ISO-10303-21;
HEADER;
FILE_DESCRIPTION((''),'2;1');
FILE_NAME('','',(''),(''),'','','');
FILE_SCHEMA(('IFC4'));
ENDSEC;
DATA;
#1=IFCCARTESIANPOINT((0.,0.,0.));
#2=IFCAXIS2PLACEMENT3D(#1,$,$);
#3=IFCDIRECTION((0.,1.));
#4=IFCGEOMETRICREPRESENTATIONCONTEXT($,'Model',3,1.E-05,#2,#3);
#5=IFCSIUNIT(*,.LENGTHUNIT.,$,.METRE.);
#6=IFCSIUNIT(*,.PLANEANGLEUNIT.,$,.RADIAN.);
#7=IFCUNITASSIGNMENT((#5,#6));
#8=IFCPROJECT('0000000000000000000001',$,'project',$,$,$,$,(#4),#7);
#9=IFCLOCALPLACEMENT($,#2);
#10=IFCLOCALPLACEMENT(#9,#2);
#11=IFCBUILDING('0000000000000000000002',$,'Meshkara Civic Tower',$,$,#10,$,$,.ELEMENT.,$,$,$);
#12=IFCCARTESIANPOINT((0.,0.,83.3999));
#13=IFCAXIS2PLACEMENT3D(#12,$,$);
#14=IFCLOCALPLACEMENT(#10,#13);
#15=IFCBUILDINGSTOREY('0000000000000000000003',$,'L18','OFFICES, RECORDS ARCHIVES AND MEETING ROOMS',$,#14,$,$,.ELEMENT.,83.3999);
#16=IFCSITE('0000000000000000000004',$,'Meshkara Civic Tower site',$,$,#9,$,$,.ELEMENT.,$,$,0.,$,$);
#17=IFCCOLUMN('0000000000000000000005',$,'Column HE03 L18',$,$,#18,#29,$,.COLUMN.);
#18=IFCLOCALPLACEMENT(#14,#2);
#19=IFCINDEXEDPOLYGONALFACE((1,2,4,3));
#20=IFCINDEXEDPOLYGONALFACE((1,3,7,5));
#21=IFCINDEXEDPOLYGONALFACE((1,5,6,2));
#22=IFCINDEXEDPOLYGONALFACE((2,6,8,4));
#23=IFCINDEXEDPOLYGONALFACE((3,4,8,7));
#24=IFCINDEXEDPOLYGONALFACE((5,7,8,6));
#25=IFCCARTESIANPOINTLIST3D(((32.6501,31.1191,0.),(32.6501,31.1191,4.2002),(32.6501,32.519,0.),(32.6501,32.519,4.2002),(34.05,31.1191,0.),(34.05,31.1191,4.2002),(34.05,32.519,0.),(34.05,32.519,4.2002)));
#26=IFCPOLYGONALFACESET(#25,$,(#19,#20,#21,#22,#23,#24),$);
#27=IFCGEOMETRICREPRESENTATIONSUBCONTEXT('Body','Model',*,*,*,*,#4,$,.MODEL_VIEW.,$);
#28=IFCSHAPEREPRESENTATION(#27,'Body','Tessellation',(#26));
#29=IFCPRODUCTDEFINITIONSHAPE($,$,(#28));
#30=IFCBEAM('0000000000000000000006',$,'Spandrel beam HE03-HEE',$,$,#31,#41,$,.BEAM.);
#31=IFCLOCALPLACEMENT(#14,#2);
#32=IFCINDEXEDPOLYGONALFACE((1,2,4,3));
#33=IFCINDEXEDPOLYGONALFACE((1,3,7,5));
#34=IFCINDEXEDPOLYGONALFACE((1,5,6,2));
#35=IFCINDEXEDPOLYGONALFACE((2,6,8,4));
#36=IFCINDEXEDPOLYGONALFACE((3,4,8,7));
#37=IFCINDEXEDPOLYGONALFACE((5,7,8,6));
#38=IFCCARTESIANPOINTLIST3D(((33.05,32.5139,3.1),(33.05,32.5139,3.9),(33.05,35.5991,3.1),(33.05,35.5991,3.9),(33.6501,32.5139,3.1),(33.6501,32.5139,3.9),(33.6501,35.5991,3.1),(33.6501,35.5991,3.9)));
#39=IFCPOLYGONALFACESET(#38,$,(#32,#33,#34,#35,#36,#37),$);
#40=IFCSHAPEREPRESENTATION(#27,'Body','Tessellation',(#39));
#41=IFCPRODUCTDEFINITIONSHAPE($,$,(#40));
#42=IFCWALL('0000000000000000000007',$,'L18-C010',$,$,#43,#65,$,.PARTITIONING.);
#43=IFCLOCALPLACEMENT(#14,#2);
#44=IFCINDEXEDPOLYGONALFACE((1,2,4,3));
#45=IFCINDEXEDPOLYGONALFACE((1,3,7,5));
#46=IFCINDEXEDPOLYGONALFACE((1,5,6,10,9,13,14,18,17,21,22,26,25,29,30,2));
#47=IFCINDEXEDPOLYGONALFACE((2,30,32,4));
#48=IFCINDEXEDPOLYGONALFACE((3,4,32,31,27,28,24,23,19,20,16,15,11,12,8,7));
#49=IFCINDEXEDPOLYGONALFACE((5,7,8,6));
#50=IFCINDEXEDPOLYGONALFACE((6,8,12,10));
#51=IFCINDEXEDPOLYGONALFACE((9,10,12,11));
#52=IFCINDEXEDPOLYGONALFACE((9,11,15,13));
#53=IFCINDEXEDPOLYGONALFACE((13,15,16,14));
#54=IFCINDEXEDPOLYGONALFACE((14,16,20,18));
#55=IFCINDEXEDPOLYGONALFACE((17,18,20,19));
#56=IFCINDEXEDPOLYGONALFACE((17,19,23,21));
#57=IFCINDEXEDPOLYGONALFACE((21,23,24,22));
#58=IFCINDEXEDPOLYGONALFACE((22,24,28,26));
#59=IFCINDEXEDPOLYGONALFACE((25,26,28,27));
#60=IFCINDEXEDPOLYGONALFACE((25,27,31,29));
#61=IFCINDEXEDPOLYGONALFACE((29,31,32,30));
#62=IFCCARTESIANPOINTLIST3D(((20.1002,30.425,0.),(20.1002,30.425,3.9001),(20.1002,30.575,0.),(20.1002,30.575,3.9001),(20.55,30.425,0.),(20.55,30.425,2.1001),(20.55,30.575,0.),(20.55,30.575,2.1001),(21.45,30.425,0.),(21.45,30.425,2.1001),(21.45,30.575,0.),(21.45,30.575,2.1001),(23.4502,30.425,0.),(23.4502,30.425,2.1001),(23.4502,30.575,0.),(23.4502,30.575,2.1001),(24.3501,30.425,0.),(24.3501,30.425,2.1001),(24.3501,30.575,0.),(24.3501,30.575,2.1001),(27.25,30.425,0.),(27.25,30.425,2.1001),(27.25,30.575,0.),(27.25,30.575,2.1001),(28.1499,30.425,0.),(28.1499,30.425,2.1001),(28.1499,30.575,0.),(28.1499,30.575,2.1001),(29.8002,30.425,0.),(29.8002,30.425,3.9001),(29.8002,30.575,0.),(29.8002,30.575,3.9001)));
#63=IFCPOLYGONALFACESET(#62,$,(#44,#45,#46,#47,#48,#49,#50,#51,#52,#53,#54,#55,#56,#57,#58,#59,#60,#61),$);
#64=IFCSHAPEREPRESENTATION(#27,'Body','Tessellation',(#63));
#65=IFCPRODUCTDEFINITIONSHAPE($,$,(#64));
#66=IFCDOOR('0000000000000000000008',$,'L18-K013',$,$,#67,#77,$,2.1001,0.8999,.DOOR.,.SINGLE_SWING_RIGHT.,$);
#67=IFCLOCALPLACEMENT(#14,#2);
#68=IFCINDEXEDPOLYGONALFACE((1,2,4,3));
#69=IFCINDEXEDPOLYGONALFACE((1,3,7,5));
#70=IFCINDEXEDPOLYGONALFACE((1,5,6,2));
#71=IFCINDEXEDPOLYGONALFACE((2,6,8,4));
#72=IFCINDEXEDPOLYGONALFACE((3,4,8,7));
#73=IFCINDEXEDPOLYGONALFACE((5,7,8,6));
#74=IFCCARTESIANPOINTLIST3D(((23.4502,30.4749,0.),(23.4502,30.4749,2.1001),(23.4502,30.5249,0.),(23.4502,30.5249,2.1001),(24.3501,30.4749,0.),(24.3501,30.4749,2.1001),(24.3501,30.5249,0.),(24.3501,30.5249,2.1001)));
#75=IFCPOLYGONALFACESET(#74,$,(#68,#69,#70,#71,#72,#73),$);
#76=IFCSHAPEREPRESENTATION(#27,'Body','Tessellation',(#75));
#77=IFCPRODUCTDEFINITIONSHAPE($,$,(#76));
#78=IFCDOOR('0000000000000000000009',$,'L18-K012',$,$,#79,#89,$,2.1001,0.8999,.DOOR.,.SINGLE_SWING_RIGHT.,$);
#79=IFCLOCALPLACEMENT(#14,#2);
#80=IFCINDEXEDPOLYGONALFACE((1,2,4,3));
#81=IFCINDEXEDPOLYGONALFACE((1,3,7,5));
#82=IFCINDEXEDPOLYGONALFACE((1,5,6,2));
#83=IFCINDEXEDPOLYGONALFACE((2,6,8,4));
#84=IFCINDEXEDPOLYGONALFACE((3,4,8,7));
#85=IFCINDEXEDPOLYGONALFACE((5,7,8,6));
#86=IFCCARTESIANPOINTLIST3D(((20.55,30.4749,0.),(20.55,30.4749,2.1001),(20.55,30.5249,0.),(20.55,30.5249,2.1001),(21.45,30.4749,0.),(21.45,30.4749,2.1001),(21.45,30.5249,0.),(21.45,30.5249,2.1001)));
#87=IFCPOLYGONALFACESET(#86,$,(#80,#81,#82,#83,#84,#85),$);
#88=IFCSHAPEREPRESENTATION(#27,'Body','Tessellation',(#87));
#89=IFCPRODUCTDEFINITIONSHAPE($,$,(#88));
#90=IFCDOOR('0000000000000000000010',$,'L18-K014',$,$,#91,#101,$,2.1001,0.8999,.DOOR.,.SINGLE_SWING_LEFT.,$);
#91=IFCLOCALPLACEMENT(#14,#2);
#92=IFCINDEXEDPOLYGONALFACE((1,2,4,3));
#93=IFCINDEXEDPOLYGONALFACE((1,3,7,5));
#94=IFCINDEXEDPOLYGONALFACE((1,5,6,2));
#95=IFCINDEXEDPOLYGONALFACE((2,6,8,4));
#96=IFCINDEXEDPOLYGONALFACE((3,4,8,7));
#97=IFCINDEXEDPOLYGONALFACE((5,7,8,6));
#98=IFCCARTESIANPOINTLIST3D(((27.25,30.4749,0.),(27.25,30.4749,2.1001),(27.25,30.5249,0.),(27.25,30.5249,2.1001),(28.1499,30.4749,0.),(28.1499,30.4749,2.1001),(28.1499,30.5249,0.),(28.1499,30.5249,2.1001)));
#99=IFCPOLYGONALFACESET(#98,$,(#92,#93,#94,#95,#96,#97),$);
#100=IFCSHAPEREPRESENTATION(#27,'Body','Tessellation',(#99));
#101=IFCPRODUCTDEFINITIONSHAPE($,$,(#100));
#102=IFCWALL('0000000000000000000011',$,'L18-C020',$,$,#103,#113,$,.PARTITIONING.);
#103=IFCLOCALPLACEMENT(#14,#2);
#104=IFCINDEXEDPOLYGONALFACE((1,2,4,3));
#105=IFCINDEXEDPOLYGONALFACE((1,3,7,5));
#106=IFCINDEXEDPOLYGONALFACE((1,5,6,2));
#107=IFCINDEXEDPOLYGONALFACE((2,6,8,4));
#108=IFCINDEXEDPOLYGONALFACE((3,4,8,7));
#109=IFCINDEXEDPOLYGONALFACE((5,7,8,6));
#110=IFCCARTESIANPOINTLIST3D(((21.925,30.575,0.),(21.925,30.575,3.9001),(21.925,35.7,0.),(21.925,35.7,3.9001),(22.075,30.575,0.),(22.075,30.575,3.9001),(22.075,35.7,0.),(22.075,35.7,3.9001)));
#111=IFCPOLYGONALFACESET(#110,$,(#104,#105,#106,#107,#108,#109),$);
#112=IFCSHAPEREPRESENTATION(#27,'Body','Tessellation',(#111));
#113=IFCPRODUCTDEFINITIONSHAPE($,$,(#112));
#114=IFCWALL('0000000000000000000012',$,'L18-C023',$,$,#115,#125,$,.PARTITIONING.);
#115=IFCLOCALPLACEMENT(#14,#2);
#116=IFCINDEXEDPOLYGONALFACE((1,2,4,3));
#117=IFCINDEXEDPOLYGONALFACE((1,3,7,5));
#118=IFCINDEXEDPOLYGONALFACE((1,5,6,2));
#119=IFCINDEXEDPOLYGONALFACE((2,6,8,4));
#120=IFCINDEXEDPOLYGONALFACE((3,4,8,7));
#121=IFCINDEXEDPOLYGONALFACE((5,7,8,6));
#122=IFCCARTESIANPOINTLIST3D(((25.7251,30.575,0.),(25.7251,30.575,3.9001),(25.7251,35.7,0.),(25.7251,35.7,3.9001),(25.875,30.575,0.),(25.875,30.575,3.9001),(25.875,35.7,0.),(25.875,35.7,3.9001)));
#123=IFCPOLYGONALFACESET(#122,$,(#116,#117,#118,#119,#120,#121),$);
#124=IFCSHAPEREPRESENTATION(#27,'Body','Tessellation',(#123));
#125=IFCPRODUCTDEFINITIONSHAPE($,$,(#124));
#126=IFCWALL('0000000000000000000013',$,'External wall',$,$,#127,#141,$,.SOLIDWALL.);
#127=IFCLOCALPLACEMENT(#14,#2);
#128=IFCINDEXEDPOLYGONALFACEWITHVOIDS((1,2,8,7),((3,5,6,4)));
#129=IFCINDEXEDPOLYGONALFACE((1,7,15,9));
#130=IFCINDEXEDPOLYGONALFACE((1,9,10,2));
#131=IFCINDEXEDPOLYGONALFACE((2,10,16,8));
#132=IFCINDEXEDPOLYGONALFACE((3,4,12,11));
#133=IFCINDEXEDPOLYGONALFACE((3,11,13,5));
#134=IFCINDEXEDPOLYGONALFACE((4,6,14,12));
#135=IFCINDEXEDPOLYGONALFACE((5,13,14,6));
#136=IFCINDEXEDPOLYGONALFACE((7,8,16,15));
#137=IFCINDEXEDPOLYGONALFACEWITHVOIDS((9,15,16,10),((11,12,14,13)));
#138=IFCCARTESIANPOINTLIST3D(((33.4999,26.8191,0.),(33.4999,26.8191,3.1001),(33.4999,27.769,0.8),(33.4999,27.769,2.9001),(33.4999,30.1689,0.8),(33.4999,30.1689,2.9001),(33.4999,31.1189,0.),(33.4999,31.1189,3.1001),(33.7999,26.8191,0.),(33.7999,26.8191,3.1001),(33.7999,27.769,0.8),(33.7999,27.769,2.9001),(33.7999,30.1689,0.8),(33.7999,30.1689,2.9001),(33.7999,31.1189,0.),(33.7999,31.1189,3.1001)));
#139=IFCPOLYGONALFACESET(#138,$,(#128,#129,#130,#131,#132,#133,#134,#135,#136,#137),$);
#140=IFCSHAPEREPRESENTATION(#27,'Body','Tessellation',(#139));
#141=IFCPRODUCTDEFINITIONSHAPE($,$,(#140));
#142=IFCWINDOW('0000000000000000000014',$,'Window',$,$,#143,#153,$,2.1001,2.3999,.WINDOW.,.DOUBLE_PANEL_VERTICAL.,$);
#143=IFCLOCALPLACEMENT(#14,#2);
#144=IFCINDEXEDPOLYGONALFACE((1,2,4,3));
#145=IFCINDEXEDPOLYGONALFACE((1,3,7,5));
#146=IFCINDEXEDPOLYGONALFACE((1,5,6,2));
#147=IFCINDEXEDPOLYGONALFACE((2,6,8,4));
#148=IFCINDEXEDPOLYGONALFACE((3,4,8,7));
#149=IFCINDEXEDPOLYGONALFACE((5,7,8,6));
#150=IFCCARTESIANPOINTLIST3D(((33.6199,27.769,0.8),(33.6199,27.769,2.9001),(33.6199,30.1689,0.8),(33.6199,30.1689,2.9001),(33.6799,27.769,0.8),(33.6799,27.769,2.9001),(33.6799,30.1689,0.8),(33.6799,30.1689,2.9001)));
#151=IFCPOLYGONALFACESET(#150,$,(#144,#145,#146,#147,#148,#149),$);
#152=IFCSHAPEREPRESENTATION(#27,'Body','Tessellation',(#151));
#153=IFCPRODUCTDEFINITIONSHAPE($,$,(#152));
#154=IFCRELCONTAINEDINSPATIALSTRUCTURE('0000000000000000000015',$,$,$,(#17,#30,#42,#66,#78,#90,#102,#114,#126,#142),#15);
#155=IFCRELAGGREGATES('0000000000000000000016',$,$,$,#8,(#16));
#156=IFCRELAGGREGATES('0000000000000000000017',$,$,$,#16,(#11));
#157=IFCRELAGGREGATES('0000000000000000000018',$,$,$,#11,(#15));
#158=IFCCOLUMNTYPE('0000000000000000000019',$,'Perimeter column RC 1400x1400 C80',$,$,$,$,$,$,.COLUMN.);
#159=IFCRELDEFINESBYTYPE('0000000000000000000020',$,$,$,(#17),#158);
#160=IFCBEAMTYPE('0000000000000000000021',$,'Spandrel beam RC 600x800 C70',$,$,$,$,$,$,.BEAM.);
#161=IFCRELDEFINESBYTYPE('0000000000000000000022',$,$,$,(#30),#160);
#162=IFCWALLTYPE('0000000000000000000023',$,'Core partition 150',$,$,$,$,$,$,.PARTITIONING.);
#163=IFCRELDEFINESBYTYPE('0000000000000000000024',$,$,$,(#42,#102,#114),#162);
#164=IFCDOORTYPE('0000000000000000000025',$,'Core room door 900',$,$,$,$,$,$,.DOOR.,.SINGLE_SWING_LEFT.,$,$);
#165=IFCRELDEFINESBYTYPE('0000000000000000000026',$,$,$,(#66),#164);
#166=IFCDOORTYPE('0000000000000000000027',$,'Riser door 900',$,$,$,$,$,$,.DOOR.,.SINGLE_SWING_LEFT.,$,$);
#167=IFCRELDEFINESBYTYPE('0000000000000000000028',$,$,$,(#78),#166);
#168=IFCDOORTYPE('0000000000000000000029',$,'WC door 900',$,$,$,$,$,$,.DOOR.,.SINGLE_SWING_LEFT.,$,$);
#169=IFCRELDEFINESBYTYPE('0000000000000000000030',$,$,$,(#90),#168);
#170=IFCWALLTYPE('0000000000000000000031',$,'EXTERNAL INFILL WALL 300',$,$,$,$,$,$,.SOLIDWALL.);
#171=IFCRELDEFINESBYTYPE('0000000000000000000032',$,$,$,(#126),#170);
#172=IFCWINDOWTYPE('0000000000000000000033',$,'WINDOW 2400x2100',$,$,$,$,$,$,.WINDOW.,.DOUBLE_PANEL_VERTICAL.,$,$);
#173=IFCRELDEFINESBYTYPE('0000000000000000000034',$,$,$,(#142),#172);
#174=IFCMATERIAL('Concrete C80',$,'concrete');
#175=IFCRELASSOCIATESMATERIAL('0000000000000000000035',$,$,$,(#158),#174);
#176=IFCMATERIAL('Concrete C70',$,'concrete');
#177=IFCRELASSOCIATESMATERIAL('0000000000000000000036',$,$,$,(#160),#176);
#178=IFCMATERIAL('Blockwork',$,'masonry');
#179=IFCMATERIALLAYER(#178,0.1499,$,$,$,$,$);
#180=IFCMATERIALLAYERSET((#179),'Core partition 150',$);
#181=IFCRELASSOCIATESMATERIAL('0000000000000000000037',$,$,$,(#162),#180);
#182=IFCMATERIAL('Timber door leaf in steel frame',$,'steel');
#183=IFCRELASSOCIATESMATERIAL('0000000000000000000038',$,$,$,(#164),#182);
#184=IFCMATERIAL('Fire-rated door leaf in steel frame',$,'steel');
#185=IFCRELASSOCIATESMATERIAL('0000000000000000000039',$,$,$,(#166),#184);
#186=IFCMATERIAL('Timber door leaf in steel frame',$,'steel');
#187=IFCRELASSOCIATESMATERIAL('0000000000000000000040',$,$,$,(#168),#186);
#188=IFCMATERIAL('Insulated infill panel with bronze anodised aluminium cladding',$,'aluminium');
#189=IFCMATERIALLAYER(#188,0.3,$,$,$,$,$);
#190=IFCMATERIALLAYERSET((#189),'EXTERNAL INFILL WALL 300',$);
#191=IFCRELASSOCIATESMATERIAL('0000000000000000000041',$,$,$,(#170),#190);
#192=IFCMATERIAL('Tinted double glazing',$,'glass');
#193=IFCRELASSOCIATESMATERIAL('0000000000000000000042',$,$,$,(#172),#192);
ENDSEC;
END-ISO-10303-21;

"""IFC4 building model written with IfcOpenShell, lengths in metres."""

from ifc_helpers import new_model, si_unit, direction, frame, frame_2d, origin, origin_2d, place, context, subcontext, project, spatial, rectangle, extrude, material, layer, layer_set, material_profile, profile_set, type_object, element, fill, save


model = new_model("IFC4")

# Units and contexts
model_context = context("Model", 3, precision=1e-05, world=origin(), true_north=direction((0.0, 1.0)))
body_context = subcontext(model_context, "Body", "Model", "MODEL_VIEW")
ifc_project = project(units=[si_unit("LENGTHUNIT", "METRE"), si_unit("PLANEANGLEUNIT", "RADIAN")], contexts=[model_context])

# Site, building, storey
site_placement = place(None, origin())
site = spatial("IfcSite", under=ifc_project, at=site_placement, Name="Meshkara Civic Tower site", CompositionType="ELEMENT", RefElevation=0.0)
building_placement = place(site_placement, origin())
building = spatial("IfcBuilding", under=site, at=building_placement, Name="Meshkara Civic Tower", CompositionType="ELEMENT")
storey_placement = place(building_placement, frame((0.0, 0.0, 83.3999)))
storey = spatial("IfcBuildingStorey", under=building, at=storey_placement, Name="L18", Description="OFFICES, RECORDS ARCHIVES AND MEETING ROOMS", CompositionType="ELEMENT", Elevation=83.3999)

# Column
ifc_material_1 = material(Name="Concrete C80", Category="concrete")
ifc_material_profile_1 = material_profile(ifc_material_1, rectangle(XDim=1.3999, YDim=1.3999, at=origin_2d()))
ifc_profile_set_1 = profile_set([ifc_material_profile_1], Name="Concrete C80")
column_type = type_object("IfcColumnType", Name="Perimeter column RC 1400x1400 C80", PredefinedType="COLUMN", material=ifc_profile_set_1)
column_placement = place(storey_placement, frame((33.3501, 31.8191, 0.0), z_axis=(0.0, 0.0, 1.0), x_axis=(1.0, 0.0, 0.0)))
element("IfcColumn", 1, at=column_placement, inside=storey, type_object=column_type, Name="Column HE03 L18", PredefinedType="COLUMN", context=body_context, shape_type="SweptSolid", body=[
    extrude(rectangle(XDim=1.3999, YDim=1.3999, at=origin_2d()), origin(), (0.0, 0.0, 1.0), 4.2002),
])

# Beam
ifc_material_2 = material(Name="Concrete C70", Category="concrete")
ifc_material_profile_2 = material_profile(ifc_material_2, rectangle(XDim=0.6001, YDim=0.8, at=origin_2d()))
ifc_profile_set_2 = profile_set([ifc_material_profile_2], Name="Concrete C70")
beam_type = type_object("IfcBeamType", Name="Spandrel beam RC 600x800 C70", PredefinedType="BEAM", material=ifc_profile_set_2)
beam_placement = place(storey_placement, frame((33.3501, 32.5139, 3.5), z_axis=(0.0, 1.0, 0.0), x_axis=(-1.0, 0.0, 0.0)))
element("IfcBeam", 2, at=beam_placement, inside=storey, type_object=beam_type, Name="Spandrel beam HE03-HEE", PredefinedType="BEAM", context=body_context, shape_type="SweptSolid", body=[
    extrude(rectangle(XDim=0.6001, YDim=0.8, at=origin_2d()), origin(), (0.0, 0.0, 1.0), 3.0852),
])

# Wall, openings, doors
ifc_material_3 = material(Name="Blockwork", Category="masonry")
ifc_layer_1 = layer(ifc_material_3, 0.1499)
ifc_layer_set_1 = layer_set([ifc_layer_1], Name="Core partition 150")
wall_type_1 = type_object("IfcWallType", Name="Core partition 150", PredefinedType="PARTITIONING", material=ifc_layer_set_1)
wall_1_placement = place(storey_placement, frame((20.1001, 30.5, 0.0), z_axis=(0.0, 0.0, 1.0), x_axis=(1.0, 0.0, 0.0)))
wall_1 = element("IfcWall", 3, at=wall_1_placement, inside=storey, type_object=wall_type_1, Name="L18-C010", PredefinedType="PARTITIONING", context=body_context, shape_type="SweptSolid", body=[
    extrude(rectangle(XDim=9.7, YDim=0.1499, at=frame_2d((4.8501, 0.0))), origin(), (0.0, 0.0, 1.0), 3.9001),
])
opening_1_placement = place(wall_1_placement, frame((0.45, 0.0, 0.0)))
opening_1 = element("IfcOpeningElement", 4, at=opening_1_placement, cuts=wall_1, PredefinedType="OPENING", context=body_context, shape_type="SweptSolid", body=[
    extrude(rectangle(XDim=0.8999, YDim=2.1001, at=frame_2d((0.45, 1.05))), frame((0.0, 0.085, 0.0), z_axis=(0.0, -1.0, 0.0), x_axis=(1.0, 0.0, 0.0)), (0.0, 0.0, 1.0), 0.1699),
])
opening_2_placement = place(wall_1_placement, frame((3.3501, 0.0, 0.0)))
opening_2 = element("IfcOpeningElement", 5, at=opening_2_placement, cuts=wall_1, PredefinedType="OPENING", context=body_context, shape_type="SweptSolid", body=[
    extrude(rectangle(XDim=0.8999, YDim=2.1001, at=frame_2d((0.45, 1.05))), frame((0.0, 0.085, 0.0), z_axis=(0.0, -1.0, 0.0), x_axis=(1.0, 0.0, 0.0)), (0.0, 0.0, 1.0), 0.1699),
])
opening_3_placement = place(wall_1_placement, frame((7.1499, 0.0, 0.0)))
opening_3 = element("IfcOpeningElement", 6, at=opening_3_placement, cuts=wall_1, PredefinedType="OPENING", context=body_context, shape_type="SweptSolid", body=[
    extrude(rectangle(XDim=0.8999, YDim=2.1001, at=frame_2d((0.45, 1.05))), frame((0.0, 0.085, 0.0), z_axis=(0.0, -1.0, 0.0), x_axis=(1.0, 0.0, 0.0)), (0.0, 0.0, 1.0), 0.1699),
])
ifc_material_4 = material(Name="Timber door leaf in steel frame", Category="steel")
door_type_1 = type_object("IfcDoorType", Name="Core room door 900", OperationType="SINGLE_SWING_LEFT", PredefinedType="DOOR", material=ifc_material_4)
door_1_placement = place(opening_2_placement, origin())
door_1 = element("IfcDoor", 7, at=door_1_placement, inside=storey, type_object=door_type_1, Name="L18-K013", OperationType="SINGLE_SWING_RIGHT", OverallHeight=2.1001, OverallWidth=0.8999, PredefinedType="DOOR", context=body_context, shape_type="SweptSolid", body=[
    extrude(rectangle(XDim=0.8999, YDim=2.1001, at=frame_2d((0.45, 1.05))), frame((0.0, 0.0249, 0.0), z_axis=(0.0, -1.0, 0.0), x_axis=(1.0, 0.0, 0.0)), (0.0, 0.0, 1.0), 0.05),
])
fill(opening_2, door_1)
ifc_material_5 = material(Name="Fire-rated door leaf in steel frame", Category="steel")
door_type_2 = type_object("IfcDoorType", Name="Riser door 900", OperationType="SINGLE_SWING_LEFT", PredefinedType="DOOR", material=ifc_material_5)
door_2_placement = place(opening_1_placement, origin())
door_2 = element("IfcDoor", 8, at=door_2_placement, inside=storey, type_object=door_type_2, Name="L18-K012", OperationType="SINGLE_SWING_RIGHT", OverallHeight=2.1001, OverallWidth=0.8999, PredefinedType="DOOR", context=body_context, shape_type="SweptSolid", body=[
    extrude(rectangle(XDim=0.8999, YDim=2.1001, at=frame_2d((0.45, 1.05))), frame((0.0, 0.0249, 0.0), z_axis=(0.0, -1.0, 0.0), x_axis=(1.0, 0.0, 0.0)), (0.0, 0.0, 1.0), 0.05),
])
fill(opening_1, door_2)
ifc_material_6 = material(Name="Timber door leaf in steel frame", Category="steel")
door_type_3 = type_object("IfcDoorType", Name="WC door 900", OperationType="SINGLE_SWING_LEFT", PredefinedType="DOOR", material=ifc_material_6)
door_3_placement = place(opening_3_placement, origin())
door_3 = element("IfcDoor", 9, at=door_3_placement, inside=storey, type_object=door_type_3, Name="L18-K014", OperationType="SINGLE_SWING_LEFT", OverallHeight=2.1001, OverallWidth=0.8999, PredefinedType="DOOR", context=body_context, shape_type="SweptSolid", body=[
    extrude(rectangle(XDim=0.8999, YDim=2.1001, at=frame_2d((0.45, 1.05))), frame((0.0, 0.0249, 0.0), z_axis=(0.0, -1.0, 0.0), x_axis=(1.0, 0.0, 0.0)), (0.0, 0.0, 1.0), 0.05),
])
fill(opening_3, door_3)

# Walls
for number, where, z_axis, x_axis, name in (
    (10, (22.0, 30.575, 0.0), (0.0, 0.0, 1.0), (0.0, 1.0, 0.0), "L18-C020"),
    (11, (25.8, 30.575, 0.0), (0.0, 0.0, 1.0), (0.0, 1.0, 0.0), "L18-C023"),
):
    element("IfcWall", number, at=place(storey_placement, frame(where, z_axis=z_axis, x_axis=x_axis)), inside=storey, type_object=wall_type_1, Name=name, PredefinedType="PARTITIONING", context=body_context, shape_type="SweptSolid", body=[
        extrude(rectangle(XDim=5.125, YDim=0.1499, at=frame_2d((2.5625, 0.0))), origin(), (0.0, 0.0, 1.0), 3.9001),
    ])

# Wall, opening, window
ifc_material_7 = material(Name="Insulated infill panel with bronze anodised aluminium cladding", Category="aluminium")
ifc_layer_2 = layer(ifc_material_7, 0.3)
ifc_layer_set_2 = layer_set([ifc_layer_2], Name="EXTERNAL INFILL WALL 300")
wall_type_2 = type_object("IfcWallType", Name="EXTERNAL INFILL WALL 300", PredefinedType="SOLIDWALL", material=ifc_layer_set_2)
wall_2_placement = place(storey_placement, frame((33.6499, 26.8191, 0.0), z_axis=(0.0, 0.0, 1.0), x_axis=(0.0, 1.0, 0.0)))
wall_2 = element("IfcWall", 12, at=wall_2_placement, inside=storey, type_object=wall_type_2, Name="External wall", PredefinedType="SOLIDWALL", context=body_context, shape_type="SweptSolid", body=[
    extrude(rectangle(XDim=4.2998, YDim=0.3, at=frame_2d((2.1499, 0.0))), origin(), (0.0, 0.0, 1.0), 3.1001),
])
opening_4_placement = place(wall_2_placement, frame((0.95, 0.0, 0.8)))
opening_4 = element("IfcOpeningElement", 13, at=opening_4_placement, cuts=wall_2, PredefinedType="OPENING", context=body_context, shape_type="SweptSolid", body=[
    extrude(rectangle(XDim=2.3999, YDim=2.1001, at=frame_2d((1.2, 1.05))), frame((0.0, 0.1599, 0.0), z_axis=(0.0, -1.0, 0.0), x_axis=(1.0, 0.0, 0.0)), (0.0, 0.0, 1.0), 0.3201),
])
ifc_material_8 = material(Name="Tinted double glazing", Category="glass")
window_type = type_object("IfcWindowType", Name="WINDOW 2400x2100", PartitioningType="DOUBLE_PANEL_VERTICAL", PredefinedType="WINDOW", material=ifc_material_8)
window_1_placement = place(opening_4_placement, origin())
window_1 = element("IfcWindow", 14, at=window_1_placement, inside=storey, type_object=window_type, Name="Window", OverallHeight=2.1001, OverallWidth=2.3999, PartitioningType="DOUBLE_PANEL_VERTICAL", PredefinedType="WINDOW", context=body_context, shape_type="SweptSolid", body=[
    extrude(rectangle(XDim=2.3999, YDim=2.1001, at=frame_2d((1.2, 1.05))), frame((0.0, 0.03, 0.0), z_axis=(0.0, -1.0, 0.0), x_axis=(1.0, 0.0, 0.0)), (0.0, 0.0, 1.0), 0.0601),
])
fill(opening_4, window_1)

save(model, "model.ifc")
